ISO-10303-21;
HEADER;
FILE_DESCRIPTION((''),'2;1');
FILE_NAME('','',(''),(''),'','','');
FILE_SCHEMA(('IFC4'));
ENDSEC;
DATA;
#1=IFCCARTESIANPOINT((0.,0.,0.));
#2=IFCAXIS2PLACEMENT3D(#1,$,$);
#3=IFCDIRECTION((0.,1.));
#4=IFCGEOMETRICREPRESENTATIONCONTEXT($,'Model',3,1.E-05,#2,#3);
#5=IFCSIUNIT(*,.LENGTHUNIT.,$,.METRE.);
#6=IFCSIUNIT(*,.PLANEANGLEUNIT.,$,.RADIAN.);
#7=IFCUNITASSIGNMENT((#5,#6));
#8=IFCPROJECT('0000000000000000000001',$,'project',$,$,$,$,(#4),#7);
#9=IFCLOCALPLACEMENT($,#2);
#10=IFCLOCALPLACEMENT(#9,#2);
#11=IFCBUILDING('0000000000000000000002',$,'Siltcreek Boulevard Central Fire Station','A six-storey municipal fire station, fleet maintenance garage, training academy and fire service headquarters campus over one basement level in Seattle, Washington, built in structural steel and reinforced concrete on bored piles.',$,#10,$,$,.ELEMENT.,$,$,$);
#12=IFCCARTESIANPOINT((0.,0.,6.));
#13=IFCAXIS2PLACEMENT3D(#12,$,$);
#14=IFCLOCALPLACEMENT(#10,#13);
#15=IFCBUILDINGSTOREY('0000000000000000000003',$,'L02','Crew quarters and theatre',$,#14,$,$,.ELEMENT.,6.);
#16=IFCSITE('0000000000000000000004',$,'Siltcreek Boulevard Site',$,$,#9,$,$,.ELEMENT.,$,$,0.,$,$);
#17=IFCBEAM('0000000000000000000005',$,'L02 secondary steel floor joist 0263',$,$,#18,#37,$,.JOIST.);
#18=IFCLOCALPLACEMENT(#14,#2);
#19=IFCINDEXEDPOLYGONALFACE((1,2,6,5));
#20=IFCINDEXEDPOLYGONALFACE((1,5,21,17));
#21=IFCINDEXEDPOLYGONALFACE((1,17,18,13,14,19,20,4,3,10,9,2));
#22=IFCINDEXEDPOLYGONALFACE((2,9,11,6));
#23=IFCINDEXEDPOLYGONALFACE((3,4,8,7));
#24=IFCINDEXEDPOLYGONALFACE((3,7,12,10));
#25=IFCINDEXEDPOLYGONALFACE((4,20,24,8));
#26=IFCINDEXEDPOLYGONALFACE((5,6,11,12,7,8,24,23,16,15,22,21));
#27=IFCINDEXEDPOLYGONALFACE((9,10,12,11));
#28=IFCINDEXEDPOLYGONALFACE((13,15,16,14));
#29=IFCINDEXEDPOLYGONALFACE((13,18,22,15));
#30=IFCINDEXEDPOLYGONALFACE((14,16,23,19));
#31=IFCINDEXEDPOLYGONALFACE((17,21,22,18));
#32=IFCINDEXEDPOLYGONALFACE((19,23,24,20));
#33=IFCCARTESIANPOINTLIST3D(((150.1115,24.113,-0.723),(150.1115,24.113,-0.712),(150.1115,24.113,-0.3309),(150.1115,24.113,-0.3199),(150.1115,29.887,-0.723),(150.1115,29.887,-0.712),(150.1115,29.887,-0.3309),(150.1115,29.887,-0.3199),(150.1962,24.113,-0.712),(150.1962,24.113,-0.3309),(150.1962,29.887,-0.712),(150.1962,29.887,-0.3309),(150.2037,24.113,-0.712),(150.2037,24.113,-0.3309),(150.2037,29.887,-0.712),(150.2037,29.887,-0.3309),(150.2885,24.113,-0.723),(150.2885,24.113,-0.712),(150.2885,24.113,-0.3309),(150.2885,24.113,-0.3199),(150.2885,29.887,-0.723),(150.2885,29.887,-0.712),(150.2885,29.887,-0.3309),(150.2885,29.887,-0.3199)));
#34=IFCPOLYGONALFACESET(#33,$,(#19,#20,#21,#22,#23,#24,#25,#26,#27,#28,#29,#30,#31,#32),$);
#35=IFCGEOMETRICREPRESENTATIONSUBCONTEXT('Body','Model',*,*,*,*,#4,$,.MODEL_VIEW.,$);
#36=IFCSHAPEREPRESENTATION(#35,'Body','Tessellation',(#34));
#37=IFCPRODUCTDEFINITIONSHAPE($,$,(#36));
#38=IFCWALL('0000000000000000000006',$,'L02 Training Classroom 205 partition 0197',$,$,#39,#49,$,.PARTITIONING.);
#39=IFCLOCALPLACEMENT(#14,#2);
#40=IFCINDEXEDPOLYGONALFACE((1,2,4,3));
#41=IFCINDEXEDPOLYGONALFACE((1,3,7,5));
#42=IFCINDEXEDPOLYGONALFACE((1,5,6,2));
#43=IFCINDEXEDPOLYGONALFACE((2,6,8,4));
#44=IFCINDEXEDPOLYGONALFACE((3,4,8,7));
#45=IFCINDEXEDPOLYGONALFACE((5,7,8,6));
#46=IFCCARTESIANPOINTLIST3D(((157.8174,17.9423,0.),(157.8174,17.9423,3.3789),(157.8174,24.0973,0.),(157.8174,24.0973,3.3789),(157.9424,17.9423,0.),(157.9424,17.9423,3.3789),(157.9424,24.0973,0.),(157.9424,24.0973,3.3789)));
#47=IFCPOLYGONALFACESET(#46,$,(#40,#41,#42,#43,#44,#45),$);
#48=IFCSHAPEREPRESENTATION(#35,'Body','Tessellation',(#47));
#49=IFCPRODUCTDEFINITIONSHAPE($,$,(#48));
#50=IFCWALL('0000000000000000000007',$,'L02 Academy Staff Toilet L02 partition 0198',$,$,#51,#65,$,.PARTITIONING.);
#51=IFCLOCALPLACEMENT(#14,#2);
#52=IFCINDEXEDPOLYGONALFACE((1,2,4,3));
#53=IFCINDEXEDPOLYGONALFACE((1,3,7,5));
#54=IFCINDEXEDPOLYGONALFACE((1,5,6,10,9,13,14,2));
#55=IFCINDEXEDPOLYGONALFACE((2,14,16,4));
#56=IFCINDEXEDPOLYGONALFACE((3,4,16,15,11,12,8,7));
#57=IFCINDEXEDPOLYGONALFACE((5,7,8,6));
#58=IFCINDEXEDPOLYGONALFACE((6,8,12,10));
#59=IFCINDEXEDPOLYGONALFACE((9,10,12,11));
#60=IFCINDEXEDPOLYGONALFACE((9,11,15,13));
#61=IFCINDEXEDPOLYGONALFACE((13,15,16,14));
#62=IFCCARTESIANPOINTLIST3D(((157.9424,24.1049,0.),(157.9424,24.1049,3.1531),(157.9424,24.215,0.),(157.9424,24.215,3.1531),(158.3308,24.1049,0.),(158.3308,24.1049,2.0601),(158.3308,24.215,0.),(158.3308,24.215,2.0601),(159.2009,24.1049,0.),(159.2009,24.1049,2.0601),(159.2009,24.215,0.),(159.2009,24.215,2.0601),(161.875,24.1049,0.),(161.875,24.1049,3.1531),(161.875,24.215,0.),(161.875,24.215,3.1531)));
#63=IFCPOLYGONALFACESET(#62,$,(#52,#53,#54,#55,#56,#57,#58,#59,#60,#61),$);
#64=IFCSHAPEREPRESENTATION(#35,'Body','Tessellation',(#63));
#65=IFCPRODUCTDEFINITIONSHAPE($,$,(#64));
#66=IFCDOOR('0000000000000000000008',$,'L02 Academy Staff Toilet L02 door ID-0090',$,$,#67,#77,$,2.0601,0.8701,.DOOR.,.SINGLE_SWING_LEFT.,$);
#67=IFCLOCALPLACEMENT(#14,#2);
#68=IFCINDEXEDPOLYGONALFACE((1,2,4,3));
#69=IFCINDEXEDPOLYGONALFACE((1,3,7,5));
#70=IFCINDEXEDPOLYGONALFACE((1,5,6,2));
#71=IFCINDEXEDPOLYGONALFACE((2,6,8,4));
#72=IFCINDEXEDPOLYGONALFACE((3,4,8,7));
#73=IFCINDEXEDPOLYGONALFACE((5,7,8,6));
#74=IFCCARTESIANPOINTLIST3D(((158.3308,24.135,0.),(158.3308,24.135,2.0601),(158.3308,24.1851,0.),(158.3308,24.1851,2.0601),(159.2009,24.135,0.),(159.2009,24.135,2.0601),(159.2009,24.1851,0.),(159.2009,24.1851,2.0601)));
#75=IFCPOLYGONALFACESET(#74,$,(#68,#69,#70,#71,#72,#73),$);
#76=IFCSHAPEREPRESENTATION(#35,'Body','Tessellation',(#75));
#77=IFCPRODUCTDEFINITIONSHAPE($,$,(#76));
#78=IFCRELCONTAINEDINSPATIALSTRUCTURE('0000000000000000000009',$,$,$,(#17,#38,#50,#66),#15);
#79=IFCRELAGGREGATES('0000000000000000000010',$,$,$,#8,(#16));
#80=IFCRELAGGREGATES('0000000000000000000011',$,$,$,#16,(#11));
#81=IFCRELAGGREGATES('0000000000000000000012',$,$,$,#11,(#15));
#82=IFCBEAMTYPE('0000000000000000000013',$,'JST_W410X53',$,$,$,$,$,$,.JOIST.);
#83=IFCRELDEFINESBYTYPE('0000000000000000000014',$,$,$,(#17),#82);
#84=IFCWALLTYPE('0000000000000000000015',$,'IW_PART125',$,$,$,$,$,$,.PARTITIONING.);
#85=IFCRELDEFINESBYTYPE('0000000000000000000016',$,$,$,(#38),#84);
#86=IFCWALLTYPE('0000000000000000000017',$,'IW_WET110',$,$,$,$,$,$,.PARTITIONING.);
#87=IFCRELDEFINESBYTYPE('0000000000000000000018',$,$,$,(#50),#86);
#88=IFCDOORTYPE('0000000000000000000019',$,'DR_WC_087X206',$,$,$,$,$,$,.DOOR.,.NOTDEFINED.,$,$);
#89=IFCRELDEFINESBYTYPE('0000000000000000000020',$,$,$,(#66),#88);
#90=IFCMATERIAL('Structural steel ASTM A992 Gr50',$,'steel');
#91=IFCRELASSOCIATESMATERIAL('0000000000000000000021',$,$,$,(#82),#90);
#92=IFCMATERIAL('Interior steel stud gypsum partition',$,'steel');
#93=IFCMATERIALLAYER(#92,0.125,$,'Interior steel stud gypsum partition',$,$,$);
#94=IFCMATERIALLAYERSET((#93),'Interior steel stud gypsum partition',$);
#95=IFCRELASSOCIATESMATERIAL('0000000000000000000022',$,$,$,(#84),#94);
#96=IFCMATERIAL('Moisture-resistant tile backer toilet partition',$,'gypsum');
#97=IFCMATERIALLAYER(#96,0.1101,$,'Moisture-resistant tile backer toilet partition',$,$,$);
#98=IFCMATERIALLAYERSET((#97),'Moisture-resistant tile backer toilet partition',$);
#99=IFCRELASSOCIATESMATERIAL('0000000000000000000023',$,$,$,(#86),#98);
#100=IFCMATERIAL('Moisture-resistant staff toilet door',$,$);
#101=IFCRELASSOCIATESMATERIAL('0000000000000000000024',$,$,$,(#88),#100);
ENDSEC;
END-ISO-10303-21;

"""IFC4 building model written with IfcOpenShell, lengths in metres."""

from ifc_helpers import new_model, si_unit, direction, frame, frame_2d, origin, origin_2d, place, context, subcontext, project, spatial, rectangle, i_section, extrude, material, layer, layer_set, material_profile, profile_set, type_object, element, fill, save


model = new_model("IFC4")

# Units and contexts
model_context = context("Model", 3, precision=1e-05, world=origin(), true_north=direction((0.0, 1.0)))
body_context = subcontext(model_context, "Body", "Model", "MODEL_VIEW")
ifc_project = project(units=[si_unit("LENGTHUNIT", "METRE"), si_unit("PLANEANGLEUNIT", "RADIAN")], contexts=[model_context])

# Site, building, storey
site_placement = place(None, origin())
site = spatial("IfcSite", under=ifc_project, at=site_placement, Name="Siltcreek Boulevard Site", CompositionType="ELEMENT", RefElevation=0.0)
building_placement = place(site_placement, origin())
building = spatial("IfcBuilding", under=site, at=building_placement, Name="Siltcreek Boulevard Central Fire Station", Description="A six-storey municipal fire station, fleet maintenance garage, training academy and fire service headquarters campus over one basement level in Seattle, Washington, built in structural steel and reinforced concrete on bored piles.", CompositionType="ELEMENT")
storey_placement = place(building_placement, frame((0.0, 0.0, 6.0)))
storey = spatial("IfcBuildingStorey", under=building, at=storey_placement, Name="L02", Description="Crew quarters and theatre", CompositionType="ELEMENT", Elevation=6.0)

# Shared definitions
ifc_material_1 = material(Name="Structural steel ASTM A992 Gr50", Category="steel")

# Beam
ifc_material_profile_1 = material_profile(ifc_material_1, i_section(OverallWidth=0.177, OverallDepth=0.4031, WebThickness=0.0076, FlangeThickness=0.011, at=origin_2d()), Name="W410X53")
ifc_profile_set_1 = profile_set([ifc_material_profile_1], Name="Structural steel ASTM A992 Gr50")
beam_type_1 = type_object("IfcBeamType", Name="JST_W410X53", PredefinedType="JOIST", material=ifc_profile_set_1)
for number, where, z_axis, x_axis, name in (
    (1, (150.2, 24.113, -0.5215), (0.0, 1.0, 0.0), (-1.0, 0.0, 0.0), "L02 secondary steel floor joist 0263"),
):
    element("IfcBeam", number, at=place(storey_placement, frame(where, z_axis=z_axis, x_axis=x_axis)), inside=storey, type_object=beam_type_1, Name=name, PredefinedType="JOIST", context=body_context, shape_type="SweptSolid", body=[
        extrude(i_section(OverallWidth=0.177, OverallDepth=0.4031, WebThickness=0.0076, FlangeThickness=0.011, at=origin_2d()), origin(), (0.0, 0.0, 1.0), 5.7739),
    ])

# Wall
ifc_material_2 = material(Name="Interior steel stud gypsum partition", Category="steel")
ifc_layer_1 = layer(ifc_material_2, 0.125, Name="Interior steel stud gypsum partition")
ifc_layer_set_1 = layer_set([ifc_layer_1], Name="Interior steel stud gypsum partition")
wall_type_1 = type_object("IfcWallType", Name="IW_PART125", PredefinedType="PARTITIONING", material=ifc_layer_set_1)
wall_1_placement = place(storey_placement, frame((157.8799, 24.0974, 0.0), z_axis=(0.0, 0.0, 1.0), x_axis=(0.0, -1.0, 0.0)))
element("IfcWall", 2, at=wall_1_placement, inside=storey, type_object=wall_type_1, Name="L02 Training Classroom 205 partition 0197", PredefinedType="PARTITIONING", context=body_context, shape_type="SweptSolid", body=[
    extrude(rectangle(XDim=6.155, YDim=0.125, at=frame_2d((3.0776, 0.0))), origin(), (0.0, 0.0, 1.0), 3.3789),
])

# Wall, opening, door
ifc_material_3 = material(Name="Moisture-resistant tile backer toilet partition", Category="gypsum")
ifc_layer_2 = layer(ifc_material_3, 0.1101, Name="Moisture-resistant tile backer toilet partition")
ifc_layer_set_2 = layer_set([ifc_layer_2], Name="Moisture-resistant tile backer toilet partition")
wall_type_2 = type_object("IfcWallType", Name="IW_WET110", PredefinedType="PARTITIONING", material=ifc_layer_set_2)
wall_2_placement = place(storey_placement, frame((157.9424, 24.1599, 0.0), z_axis=(0.0, 0.0, 1.0), x_axis=(1.0, 0.0, 0.0)))
wall_2 = element("IfcWall", 3, at=wall_2_placement, inside=storey, type_object=wall_type_2, Name="L02 Academy Staff Toilet L02 partition 0198", PredefinedType="PARTITIONING", context=body_context, shape_type="SweptSolid", body=[
    extrude(rectangle(XDim=3.9326, YDim=0.1101, at=frame_2d((1.9663, 0.0))), origin(), (0.0, 0.0, 1.0), 3.1531),
])
opening_placement = place(wall_2_placement, frame((0.3884, 0.0, 0.0)))
opening = element("IfcOpeningElement", 4, at=opening_placement, cuts=wall_2, PredefinedType="OPENING", context=body_context, shape_type="SweptSolid", body=[
    extrude(rectangle(XDim=0.8701, YDim=2.0601, at=frame_2d((0.4351, 1.03))), frame((0.0, 0.0649, 0.0), z_axis=(0.0, -1.0, 0.0), x_axis=(1.0, 0.0, 0.0)), (0.0, 0.0, 1.0), 0.1301),
])
ifc_material_4 = material(Name="Moisture-resistant staff toilet door")
door_type = type_object("IfcDoorType", Name="DR_WC_087X206", OperationType="NOTDEFINED", PredefinedType="DOOR", material=ifc_material_4)
door_placement = place(opening_placement, frame((0.8701, 0.0, 0.0), z_axis=(0.0, 0.0, 1.0), x_axis=(-1.0, 0.0, 0.0)))
door = element("IfcDoor", 5, at=door_placement, inside=storey, type_object=door_type, Name="L02 Academy Staff Toilet L02 door ID-0090", OperationType="SINGLE_SWING_LEFT", OverallHeight=2.0601, OverallWidth=0.8701, PredefinedType="DOOR", context=body_context, shape_type="SweptSolid", body=[
    extrude(rectangle(XDim=0.8701, YDim=2.0601, at=frame_2d((0.4351, 1.03))), frame((0.0, 0.0249, 0.0), z_axis=(0.0, -1.0, 0.0), x_axis=(1.0, 0.0, 0.0)), (0.0, 0.0, 1.0), 0.05),
])
fill(opening, door)

save(model, "model.ifc")
